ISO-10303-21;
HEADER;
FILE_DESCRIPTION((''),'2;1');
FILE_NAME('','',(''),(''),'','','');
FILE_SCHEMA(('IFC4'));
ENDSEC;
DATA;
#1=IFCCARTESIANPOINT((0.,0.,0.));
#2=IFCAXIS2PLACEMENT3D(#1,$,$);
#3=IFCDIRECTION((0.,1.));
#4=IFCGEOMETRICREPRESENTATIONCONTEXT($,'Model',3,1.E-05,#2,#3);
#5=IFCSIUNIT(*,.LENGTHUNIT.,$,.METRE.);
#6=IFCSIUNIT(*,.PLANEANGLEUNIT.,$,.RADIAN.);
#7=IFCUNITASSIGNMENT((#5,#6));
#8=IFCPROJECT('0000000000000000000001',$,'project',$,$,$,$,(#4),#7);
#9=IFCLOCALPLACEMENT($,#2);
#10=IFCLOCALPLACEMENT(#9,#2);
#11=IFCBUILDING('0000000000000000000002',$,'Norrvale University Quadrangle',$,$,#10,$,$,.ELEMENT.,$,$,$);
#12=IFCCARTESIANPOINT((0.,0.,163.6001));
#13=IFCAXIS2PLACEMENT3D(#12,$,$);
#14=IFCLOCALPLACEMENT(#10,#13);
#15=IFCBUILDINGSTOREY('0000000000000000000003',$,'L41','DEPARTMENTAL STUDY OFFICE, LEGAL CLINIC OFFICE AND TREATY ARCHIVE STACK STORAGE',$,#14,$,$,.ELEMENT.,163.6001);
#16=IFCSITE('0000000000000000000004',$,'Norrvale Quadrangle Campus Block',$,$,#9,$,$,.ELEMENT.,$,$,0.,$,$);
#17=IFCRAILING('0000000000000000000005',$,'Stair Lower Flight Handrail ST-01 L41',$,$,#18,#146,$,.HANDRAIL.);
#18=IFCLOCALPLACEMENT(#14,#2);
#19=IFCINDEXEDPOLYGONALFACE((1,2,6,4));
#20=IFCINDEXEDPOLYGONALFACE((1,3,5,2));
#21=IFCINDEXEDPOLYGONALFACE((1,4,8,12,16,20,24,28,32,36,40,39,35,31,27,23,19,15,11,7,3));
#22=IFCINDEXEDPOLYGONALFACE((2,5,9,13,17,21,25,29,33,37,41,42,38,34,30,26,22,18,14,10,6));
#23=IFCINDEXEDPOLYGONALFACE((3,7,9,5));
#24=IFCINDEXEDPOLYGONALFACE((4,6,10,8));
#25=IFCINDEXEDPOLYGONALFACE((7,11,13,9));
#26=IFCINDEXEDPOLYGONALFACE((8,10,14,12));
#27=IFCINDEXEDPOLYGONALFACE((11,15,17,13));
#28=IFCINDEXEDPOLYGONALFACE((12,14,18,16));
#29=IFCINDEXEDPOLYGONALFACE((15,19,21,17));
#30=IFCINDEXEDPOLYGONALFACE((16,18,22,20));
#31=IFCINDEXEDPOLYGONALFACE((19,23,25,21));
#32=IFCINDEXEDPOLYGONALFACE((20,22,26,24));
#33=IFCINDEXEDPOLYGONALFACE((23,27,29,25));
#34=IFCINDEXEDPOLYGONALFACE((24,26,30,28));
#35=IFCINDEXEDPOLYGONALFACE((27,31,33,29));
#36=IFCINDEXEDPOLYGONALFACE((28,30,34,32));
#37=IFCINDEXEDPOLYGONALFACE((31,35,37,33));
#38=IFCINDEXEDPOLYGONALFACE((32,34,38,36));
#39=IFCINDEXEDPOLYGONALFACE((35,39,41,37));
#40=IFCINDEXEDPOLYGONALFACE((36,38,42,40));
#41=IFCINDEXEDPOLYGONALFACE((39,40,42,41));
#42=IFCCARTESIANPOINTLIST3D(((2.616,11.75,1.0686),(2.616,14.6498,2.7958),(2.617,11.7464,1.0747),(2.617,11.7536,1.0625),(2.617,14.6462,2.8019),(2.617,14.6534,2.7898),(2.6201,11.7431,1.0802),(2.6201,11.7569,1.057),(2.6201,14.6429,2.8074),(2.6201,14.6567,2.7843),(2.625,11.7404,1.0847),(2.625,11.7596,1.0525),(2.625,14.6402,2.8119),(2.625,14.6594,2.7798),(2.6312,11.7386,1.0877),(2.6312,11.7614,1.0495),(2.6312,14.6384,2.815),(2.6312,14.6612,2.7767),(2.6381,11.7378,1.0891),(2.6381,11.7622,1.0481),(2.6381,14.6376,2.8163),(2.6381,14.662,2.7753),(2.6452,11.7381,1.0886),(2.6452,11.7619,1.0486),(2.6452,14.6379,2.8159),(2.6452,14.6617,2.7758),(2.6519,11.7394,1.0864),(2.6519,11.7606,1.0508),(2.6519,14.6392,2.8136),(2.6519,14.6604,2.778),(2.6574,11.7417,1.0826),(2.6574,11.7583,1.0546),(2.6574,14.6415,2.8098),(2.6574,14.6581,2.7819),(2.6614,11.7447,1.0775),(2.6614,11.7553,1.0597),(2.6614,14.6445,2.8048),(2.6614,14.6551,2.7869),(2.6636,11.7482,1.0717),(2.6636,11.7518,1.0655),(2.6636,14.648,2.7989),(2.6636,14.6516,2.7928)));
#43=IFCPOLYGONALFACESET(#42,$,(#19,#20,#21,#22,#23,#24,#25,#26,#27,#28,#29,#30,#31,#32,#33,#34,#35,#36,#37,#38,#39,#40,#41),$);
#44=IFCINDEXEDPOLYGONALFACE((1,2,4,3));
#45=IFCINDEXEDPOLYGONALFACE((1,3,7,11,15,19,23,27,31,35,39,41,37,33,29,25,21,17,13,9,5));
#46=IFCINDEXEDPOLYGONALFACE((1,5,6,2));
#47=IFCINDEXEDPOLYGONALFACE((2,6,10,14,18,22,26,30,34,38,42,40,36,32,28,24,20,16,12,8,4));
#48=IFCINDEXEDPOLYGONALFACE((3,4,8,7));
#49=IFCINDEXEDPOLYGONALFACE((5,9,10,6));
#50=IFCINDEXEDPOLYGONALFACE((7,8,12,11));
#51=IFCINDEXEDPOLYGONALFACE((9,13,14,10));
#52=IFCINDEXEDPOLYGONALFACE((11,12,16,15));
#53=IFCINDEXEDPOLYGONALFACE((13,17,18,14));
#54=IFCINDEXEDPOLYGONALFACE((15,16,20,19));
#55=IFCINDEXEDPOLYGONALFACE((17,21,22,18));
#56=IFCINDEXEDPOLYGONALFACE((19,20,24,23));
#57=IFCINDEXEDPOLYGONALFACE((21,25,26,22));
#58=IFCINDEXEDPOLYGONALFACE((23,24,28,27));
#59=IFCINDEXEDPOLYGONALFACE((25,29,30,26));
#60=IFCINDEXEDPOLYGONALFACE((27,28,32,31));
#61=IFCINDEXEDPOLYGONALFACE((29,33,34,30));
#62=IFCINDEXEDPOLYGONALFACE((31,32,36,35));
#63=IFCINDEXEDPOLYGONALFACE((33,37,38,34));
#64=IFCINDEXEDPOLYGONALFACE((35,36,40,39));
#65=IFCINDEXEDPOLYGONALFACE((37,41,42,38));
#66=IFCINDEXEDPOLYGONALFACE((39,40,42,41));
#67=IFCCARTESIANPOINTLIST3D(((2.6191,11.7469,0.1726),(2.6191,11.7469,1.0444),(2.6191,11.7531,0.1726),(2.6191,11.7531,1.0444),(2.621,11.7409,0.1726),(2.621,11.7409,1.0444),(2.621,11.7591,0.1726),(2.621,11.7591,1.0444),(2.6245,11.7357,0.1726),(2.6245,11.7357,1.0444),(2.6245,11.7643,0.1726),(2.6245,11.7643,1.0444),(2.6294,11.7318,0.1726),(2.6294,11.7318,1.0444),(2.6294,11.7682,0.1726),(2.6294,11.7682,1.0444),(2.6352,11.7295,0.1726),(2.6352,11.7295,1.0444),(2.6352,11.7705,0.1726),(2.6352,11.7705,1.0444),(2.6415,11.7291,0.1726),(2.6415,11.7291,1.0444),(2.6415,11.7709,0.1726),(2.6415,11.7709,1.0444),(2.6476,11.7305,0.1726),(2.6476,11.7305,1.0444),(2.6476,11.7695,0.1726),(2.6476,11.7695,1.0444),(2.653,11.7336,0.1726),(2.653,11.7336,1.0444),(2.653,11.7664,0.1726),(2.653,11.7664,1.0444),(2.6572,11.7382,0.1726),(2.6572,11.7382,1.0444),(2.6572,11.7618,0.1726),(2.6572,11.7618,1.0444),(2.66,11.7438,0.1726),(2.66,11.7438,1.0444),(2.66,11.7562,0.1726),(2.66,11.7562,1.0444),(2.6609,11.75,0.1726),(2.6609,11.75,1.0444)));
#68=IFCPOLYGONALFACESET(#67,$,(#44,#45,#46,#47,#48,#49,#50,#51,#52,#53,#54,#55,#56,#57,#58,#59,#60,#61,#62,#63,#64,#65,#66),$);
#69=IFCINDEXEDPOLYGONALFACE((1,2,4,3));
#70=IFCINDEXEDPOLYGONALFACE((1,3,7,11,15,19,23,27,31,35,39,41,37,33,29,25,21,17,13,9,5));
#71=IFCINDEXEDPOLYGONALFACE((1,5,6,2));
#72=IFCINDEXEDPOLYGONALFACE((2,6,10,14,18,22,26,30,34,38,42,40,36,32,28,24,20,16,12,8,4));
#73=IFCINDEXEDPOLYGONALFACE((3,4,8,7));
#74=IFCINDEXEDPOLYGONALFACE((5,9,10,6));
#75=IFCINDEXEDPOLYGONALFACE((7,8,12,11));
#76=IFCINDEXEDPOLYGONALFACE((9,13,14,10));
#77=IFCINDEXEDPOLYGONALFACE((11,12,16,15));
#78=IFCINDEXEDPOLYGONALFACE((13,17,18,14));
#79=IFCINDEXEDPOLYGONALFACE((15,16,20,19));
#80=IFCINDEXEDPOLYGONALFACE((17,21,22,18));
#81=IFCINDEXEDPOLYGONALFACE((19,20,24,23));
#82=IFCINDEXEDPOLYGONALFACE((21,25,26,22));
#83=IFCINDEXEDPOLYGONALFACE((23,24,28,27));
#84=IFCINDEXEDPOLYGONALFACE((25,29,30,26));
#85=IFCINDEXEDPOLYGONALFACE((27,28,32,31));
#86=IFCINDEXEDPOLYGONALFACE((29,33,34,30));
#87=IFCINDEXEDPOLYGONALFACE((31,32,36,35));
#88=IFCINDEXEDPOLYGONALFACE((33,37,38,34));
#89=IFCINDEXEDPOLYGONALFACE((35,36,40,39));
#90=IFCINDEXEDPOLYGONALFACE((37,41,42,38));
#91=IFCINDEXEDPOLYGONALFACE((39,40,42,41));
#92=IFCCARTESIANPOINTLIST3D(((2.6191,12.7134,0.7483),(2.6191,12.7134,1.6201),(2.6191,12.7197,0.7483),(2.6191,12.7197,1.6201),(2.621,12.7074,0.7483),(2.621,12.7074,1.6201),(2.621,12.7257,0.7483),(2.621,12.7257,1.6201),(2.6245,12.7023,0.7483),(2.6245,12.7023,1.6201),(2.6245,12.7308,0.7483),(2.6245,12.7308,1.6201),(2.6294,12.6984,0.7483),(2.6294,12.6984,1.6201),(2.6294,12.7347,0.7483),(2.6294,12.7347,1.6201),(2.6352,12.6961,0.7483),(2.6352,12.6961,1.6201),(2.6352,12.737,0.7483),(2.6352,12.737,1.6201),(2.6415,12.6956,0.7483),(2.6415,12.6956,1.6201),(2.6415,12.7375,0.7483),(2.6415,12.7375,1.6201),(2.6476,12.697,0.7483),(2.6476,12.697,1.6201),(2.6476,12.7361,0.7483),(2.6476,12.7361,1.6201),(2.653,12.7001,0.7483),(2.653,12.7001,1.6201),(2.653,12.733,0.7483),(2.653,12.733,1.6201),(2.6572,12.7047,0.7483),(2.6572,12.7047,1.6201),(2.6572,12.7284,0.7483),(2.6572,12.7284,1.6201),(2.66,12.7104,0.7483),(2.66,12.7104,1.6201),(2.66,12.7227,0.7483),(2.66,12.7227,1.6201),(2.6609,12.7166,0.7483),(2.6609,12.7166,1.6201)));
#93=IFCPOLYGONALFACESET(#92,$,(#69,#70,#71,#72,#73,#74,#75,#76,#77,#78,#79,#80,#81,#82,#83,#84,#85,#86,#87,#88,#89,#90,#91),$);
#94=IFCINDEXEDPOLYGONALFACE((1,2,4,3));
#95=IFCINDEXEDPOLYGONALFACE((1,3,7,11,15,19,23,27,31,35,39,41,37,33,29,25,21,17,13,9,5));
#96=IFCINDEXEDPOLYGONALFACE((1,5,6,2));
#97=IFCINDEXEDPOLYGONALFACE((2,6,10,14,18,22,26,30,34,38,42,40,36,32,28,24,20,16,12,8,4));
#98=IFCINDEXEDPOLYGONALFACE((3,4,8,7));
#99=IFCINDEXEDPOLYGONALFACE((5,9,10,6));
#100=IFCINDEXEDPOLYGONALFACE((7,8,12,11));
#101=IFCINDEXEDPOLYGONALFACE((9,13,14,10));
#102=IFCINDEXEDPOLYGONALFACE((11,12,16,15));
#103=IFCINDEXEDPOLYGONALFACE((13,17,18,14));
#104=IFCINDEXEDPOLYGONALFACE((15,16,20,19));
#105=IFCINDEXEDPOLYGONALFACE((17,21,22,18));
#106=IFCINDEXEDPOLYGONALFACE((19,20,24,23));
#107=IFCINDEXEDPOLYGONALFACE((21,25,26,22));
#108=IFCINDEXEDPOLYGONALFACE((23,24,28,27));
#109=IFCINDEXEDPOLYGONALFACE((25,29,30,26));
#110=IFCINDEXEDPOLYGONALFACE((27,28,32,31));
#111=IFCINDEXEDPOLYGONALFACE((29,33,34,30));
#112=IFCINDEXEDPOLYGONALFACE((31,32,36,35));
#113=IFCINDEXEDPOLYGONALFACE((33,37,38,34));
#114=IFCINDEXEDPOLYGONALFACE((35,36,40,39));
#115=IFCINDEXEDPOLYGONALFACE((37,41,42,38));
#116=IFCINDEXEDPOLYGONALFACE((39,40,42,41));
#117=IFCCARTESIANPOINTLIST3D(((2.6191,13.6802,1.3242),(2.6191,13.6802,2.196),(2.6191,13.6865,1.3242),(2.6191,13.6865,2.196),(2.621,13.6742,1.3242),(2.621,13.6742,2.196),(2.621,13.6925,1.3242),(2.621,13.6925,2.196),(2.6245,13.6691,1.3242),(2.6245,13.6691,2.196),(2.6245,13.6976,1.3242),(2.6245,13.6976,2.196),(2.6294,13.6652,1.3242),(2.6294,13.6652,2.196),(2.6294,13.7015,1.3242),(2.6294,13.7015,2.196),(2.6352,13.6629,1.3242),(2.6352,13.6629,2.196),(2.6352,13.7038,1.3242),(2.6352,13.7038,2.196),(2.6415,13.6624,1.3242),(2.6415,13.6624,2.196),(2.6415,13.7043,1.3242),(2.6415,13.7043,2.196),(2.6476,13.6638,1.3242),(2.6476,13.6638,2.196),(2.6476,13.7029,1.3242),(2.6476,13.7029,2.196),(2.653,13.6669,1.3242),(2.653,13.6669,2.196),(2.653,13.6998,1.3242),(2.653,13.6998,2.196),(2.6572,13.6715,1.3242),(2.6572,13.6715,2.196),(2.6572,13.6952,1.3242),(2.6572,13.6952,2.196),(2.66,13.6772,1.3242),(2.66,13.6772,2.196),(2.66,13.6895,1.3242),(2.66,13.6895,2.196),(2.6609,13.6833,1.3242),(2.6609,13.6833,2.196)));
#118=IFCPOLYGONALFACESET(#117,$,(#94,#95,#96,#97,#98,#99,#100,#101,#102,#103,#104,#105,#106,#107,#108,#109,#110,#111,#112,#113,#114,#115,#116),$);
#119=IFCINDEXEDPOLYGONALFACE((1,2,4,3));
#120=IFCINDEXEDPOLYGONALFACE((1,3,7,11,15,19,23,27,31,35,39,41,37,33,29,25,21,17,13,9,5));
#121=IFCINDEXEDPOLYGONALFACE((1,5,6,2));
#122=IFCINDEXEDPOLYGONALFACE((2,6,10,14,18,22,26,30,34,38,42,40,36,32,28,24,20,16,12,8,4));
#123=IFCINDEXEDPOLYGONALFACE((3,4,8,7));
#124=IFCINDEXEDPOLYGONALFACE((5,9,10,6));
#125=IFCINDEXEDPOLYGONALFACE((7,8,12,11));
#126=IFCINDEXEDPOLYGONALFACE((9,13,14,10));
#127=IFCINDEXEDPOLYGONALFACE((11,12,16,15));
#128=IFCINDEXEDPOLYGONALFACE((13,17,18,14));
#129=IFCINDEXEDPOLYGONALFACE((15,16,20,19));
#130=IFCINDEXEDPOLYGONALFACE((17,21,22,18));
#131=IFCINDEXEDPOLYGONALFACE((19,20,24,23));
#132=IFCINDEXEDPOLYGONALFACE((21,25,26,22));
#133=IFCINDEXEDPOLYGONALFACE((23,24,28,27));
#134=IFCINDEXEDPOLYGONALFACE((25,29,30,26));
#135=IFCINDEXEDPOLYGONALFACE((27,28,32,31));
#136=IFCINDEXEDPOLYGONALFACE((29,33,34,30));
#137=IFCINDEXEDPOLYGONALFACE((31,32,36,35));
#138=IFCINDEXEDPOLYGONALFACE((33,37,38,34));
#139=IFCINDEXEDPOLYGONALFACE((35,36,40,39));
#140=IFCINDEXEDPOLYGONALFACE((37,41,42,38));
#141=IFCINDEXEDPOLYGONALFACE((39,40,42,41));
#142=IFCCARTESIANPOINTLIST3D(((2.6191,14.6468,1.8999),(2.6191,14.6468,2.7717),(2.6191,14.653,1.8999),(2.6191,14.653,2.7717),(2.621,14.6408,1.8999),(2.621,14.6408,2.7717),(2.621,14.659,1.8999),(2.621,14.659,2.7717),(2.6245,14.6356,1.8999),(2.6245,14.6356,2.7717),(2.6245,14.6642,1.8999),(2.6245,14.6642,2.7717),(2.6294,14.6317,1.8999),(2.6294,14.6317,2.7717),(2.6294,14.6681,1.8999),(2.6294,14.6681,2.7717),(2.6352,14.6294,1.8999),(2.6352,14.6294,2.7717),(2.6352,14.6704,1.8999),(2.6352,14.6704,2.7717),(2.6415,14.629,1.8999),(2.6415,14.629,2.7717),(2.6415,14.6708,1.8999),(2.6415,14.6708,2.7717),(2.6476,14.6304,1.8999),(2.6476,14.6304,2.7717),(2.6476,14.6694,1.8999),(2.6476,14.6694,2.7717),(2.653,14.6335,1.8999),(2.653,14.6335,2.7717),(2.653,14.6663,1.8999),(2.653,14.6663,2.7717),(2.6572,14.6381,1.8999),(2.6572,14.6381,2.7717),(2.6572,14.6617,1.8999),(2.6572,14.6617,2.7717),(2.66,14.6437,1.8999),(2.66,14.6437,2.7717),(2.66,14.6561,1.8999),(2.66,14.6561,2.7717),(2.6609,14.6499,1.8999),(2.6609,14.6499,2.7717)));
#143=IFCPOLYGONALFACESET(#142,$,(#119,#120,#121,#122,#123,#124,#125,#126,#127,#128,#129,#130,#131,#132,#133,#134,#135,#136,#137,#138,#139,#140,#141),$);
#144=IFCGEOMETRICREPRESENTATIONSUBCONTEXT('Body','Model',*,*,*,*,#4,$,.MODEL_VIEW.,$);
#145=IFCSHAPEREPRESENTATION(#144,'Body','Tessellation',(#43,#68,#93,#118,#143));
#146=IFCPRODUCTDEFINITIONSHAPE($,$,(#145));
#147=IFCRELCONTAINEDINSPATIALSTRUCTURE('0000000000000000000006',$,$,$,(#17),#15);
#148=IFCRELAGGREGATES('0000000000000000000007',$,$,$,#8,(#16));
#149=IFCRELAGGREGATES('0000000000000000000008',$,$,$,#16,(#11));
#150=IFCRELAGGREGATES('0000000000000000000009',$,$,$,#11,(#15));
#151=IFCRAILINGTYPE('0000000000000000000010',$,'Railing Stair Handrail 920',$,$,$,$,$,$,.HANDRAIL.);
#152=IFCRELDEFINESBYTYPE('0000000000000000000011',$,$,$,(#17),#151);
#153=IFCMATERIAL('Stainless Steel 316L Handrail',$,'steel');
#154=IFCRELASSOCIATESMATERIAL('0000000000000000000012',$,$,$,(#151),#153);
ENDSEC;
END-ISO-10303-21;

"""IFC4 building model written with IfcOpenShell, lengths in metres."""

from ifc_helpers import new_model, si_unit, direction, frame, origin, origin_2d, place, context, subcontext, project, spatial, circle, extrude, material, type_object, element, save


model = new_model("IFC4")

# Units and contexts
model_context = context("Model", 3, precision=1e-05, world=origin(), true_north=direction((0.0, 1.0)))
body_context = subcontext(model_context, "Body", "Model", "MODEL_VIEW")
ifc_project = project(units=[si_unit("LENGTHUNIT", "METRE"), si_unit("PLANEANGLEUNIT", "RADIAN")], contexts=[model_context])

# Site, building, storey
site_placement = place(None, origin())
site = spatial("IfcSite", under=ifc_project, at=site_placement, Name="Norrvale Quadrangle Campus Block", CompositionType="ELEMENT", RefElevation=0.0)
building_placement = place(site_placement, origin())
building = spatial("IfcBuilding", under=site, at=building_placement, Name="Norrvale University Quadrangle", CompositionType="ELEMENT")
storey_placement = place(building_placement, frame((0.0, 0.0, 163.6001)))
storey = spatial("IfcBuildingStorey", under=building, at=storey_placement, Name="L41", Description="DEPARTMENTAL STUDY OFFICE, LEGAL CLINIC OFFICE AND TREATY ARCHIVE STACK STORAGE", CompositionType="ELEMENT", Elevation=163.6001)

# Railing
ifc_material_1 = material(Name="Stainless Steel 316L Handrail", Category="steel")
railing_type_1 = type_object("IfcRailingType", Name="Railing Stair Handrail 920", PredefinedType="HANDRAIL", material=ifc_material_1)
railing_1_placement = place(storey_placement, frame((2.6399, 11.75, 0.1726)))
element("IfcRailing", 1, at=railing_1_placement, inside=storey, type_object=railing_type_1, Name="Stair Lower Flight Handrail ST-01 L41", PredefinedType="HANDRAIL", context=body_context, shape_type="SweptSolid", body=[
    extrude(circle(Radius=0.0239, at=origin_2d()), frame((0.0, 0.0, 0.896), z_axis=(0.0, 0.859141, 0.511738), x_axis=(-1.0, 0.0, 0.0)), (0.0, 0.0, 1.0), 3.3752),
    extrude(circle(Radius=0.021, at=origin_2d()), origin(), (0.0, 0.0, 1.0), 0.8718),
    extrude(circle(Radius=0.021, at=origin_2d()), frame((0.0, 0.9666, 0.5757)), (0.0, 0.0, 1.0), 0.8718),
    extrude(circle(Radius=0.021, at=origin_2d()), frame((0.0, 1.9333, 1.1516)), (0.0, 0.0, 1.0), 0.8718),
    extrude(circle(Radius=0.021, at=origin_2d()), frame((0.0, 2.8999, 1.7273)), (0.0, 0.0, 1.0), 0.8718),
])

save(model, "model.ifc")
